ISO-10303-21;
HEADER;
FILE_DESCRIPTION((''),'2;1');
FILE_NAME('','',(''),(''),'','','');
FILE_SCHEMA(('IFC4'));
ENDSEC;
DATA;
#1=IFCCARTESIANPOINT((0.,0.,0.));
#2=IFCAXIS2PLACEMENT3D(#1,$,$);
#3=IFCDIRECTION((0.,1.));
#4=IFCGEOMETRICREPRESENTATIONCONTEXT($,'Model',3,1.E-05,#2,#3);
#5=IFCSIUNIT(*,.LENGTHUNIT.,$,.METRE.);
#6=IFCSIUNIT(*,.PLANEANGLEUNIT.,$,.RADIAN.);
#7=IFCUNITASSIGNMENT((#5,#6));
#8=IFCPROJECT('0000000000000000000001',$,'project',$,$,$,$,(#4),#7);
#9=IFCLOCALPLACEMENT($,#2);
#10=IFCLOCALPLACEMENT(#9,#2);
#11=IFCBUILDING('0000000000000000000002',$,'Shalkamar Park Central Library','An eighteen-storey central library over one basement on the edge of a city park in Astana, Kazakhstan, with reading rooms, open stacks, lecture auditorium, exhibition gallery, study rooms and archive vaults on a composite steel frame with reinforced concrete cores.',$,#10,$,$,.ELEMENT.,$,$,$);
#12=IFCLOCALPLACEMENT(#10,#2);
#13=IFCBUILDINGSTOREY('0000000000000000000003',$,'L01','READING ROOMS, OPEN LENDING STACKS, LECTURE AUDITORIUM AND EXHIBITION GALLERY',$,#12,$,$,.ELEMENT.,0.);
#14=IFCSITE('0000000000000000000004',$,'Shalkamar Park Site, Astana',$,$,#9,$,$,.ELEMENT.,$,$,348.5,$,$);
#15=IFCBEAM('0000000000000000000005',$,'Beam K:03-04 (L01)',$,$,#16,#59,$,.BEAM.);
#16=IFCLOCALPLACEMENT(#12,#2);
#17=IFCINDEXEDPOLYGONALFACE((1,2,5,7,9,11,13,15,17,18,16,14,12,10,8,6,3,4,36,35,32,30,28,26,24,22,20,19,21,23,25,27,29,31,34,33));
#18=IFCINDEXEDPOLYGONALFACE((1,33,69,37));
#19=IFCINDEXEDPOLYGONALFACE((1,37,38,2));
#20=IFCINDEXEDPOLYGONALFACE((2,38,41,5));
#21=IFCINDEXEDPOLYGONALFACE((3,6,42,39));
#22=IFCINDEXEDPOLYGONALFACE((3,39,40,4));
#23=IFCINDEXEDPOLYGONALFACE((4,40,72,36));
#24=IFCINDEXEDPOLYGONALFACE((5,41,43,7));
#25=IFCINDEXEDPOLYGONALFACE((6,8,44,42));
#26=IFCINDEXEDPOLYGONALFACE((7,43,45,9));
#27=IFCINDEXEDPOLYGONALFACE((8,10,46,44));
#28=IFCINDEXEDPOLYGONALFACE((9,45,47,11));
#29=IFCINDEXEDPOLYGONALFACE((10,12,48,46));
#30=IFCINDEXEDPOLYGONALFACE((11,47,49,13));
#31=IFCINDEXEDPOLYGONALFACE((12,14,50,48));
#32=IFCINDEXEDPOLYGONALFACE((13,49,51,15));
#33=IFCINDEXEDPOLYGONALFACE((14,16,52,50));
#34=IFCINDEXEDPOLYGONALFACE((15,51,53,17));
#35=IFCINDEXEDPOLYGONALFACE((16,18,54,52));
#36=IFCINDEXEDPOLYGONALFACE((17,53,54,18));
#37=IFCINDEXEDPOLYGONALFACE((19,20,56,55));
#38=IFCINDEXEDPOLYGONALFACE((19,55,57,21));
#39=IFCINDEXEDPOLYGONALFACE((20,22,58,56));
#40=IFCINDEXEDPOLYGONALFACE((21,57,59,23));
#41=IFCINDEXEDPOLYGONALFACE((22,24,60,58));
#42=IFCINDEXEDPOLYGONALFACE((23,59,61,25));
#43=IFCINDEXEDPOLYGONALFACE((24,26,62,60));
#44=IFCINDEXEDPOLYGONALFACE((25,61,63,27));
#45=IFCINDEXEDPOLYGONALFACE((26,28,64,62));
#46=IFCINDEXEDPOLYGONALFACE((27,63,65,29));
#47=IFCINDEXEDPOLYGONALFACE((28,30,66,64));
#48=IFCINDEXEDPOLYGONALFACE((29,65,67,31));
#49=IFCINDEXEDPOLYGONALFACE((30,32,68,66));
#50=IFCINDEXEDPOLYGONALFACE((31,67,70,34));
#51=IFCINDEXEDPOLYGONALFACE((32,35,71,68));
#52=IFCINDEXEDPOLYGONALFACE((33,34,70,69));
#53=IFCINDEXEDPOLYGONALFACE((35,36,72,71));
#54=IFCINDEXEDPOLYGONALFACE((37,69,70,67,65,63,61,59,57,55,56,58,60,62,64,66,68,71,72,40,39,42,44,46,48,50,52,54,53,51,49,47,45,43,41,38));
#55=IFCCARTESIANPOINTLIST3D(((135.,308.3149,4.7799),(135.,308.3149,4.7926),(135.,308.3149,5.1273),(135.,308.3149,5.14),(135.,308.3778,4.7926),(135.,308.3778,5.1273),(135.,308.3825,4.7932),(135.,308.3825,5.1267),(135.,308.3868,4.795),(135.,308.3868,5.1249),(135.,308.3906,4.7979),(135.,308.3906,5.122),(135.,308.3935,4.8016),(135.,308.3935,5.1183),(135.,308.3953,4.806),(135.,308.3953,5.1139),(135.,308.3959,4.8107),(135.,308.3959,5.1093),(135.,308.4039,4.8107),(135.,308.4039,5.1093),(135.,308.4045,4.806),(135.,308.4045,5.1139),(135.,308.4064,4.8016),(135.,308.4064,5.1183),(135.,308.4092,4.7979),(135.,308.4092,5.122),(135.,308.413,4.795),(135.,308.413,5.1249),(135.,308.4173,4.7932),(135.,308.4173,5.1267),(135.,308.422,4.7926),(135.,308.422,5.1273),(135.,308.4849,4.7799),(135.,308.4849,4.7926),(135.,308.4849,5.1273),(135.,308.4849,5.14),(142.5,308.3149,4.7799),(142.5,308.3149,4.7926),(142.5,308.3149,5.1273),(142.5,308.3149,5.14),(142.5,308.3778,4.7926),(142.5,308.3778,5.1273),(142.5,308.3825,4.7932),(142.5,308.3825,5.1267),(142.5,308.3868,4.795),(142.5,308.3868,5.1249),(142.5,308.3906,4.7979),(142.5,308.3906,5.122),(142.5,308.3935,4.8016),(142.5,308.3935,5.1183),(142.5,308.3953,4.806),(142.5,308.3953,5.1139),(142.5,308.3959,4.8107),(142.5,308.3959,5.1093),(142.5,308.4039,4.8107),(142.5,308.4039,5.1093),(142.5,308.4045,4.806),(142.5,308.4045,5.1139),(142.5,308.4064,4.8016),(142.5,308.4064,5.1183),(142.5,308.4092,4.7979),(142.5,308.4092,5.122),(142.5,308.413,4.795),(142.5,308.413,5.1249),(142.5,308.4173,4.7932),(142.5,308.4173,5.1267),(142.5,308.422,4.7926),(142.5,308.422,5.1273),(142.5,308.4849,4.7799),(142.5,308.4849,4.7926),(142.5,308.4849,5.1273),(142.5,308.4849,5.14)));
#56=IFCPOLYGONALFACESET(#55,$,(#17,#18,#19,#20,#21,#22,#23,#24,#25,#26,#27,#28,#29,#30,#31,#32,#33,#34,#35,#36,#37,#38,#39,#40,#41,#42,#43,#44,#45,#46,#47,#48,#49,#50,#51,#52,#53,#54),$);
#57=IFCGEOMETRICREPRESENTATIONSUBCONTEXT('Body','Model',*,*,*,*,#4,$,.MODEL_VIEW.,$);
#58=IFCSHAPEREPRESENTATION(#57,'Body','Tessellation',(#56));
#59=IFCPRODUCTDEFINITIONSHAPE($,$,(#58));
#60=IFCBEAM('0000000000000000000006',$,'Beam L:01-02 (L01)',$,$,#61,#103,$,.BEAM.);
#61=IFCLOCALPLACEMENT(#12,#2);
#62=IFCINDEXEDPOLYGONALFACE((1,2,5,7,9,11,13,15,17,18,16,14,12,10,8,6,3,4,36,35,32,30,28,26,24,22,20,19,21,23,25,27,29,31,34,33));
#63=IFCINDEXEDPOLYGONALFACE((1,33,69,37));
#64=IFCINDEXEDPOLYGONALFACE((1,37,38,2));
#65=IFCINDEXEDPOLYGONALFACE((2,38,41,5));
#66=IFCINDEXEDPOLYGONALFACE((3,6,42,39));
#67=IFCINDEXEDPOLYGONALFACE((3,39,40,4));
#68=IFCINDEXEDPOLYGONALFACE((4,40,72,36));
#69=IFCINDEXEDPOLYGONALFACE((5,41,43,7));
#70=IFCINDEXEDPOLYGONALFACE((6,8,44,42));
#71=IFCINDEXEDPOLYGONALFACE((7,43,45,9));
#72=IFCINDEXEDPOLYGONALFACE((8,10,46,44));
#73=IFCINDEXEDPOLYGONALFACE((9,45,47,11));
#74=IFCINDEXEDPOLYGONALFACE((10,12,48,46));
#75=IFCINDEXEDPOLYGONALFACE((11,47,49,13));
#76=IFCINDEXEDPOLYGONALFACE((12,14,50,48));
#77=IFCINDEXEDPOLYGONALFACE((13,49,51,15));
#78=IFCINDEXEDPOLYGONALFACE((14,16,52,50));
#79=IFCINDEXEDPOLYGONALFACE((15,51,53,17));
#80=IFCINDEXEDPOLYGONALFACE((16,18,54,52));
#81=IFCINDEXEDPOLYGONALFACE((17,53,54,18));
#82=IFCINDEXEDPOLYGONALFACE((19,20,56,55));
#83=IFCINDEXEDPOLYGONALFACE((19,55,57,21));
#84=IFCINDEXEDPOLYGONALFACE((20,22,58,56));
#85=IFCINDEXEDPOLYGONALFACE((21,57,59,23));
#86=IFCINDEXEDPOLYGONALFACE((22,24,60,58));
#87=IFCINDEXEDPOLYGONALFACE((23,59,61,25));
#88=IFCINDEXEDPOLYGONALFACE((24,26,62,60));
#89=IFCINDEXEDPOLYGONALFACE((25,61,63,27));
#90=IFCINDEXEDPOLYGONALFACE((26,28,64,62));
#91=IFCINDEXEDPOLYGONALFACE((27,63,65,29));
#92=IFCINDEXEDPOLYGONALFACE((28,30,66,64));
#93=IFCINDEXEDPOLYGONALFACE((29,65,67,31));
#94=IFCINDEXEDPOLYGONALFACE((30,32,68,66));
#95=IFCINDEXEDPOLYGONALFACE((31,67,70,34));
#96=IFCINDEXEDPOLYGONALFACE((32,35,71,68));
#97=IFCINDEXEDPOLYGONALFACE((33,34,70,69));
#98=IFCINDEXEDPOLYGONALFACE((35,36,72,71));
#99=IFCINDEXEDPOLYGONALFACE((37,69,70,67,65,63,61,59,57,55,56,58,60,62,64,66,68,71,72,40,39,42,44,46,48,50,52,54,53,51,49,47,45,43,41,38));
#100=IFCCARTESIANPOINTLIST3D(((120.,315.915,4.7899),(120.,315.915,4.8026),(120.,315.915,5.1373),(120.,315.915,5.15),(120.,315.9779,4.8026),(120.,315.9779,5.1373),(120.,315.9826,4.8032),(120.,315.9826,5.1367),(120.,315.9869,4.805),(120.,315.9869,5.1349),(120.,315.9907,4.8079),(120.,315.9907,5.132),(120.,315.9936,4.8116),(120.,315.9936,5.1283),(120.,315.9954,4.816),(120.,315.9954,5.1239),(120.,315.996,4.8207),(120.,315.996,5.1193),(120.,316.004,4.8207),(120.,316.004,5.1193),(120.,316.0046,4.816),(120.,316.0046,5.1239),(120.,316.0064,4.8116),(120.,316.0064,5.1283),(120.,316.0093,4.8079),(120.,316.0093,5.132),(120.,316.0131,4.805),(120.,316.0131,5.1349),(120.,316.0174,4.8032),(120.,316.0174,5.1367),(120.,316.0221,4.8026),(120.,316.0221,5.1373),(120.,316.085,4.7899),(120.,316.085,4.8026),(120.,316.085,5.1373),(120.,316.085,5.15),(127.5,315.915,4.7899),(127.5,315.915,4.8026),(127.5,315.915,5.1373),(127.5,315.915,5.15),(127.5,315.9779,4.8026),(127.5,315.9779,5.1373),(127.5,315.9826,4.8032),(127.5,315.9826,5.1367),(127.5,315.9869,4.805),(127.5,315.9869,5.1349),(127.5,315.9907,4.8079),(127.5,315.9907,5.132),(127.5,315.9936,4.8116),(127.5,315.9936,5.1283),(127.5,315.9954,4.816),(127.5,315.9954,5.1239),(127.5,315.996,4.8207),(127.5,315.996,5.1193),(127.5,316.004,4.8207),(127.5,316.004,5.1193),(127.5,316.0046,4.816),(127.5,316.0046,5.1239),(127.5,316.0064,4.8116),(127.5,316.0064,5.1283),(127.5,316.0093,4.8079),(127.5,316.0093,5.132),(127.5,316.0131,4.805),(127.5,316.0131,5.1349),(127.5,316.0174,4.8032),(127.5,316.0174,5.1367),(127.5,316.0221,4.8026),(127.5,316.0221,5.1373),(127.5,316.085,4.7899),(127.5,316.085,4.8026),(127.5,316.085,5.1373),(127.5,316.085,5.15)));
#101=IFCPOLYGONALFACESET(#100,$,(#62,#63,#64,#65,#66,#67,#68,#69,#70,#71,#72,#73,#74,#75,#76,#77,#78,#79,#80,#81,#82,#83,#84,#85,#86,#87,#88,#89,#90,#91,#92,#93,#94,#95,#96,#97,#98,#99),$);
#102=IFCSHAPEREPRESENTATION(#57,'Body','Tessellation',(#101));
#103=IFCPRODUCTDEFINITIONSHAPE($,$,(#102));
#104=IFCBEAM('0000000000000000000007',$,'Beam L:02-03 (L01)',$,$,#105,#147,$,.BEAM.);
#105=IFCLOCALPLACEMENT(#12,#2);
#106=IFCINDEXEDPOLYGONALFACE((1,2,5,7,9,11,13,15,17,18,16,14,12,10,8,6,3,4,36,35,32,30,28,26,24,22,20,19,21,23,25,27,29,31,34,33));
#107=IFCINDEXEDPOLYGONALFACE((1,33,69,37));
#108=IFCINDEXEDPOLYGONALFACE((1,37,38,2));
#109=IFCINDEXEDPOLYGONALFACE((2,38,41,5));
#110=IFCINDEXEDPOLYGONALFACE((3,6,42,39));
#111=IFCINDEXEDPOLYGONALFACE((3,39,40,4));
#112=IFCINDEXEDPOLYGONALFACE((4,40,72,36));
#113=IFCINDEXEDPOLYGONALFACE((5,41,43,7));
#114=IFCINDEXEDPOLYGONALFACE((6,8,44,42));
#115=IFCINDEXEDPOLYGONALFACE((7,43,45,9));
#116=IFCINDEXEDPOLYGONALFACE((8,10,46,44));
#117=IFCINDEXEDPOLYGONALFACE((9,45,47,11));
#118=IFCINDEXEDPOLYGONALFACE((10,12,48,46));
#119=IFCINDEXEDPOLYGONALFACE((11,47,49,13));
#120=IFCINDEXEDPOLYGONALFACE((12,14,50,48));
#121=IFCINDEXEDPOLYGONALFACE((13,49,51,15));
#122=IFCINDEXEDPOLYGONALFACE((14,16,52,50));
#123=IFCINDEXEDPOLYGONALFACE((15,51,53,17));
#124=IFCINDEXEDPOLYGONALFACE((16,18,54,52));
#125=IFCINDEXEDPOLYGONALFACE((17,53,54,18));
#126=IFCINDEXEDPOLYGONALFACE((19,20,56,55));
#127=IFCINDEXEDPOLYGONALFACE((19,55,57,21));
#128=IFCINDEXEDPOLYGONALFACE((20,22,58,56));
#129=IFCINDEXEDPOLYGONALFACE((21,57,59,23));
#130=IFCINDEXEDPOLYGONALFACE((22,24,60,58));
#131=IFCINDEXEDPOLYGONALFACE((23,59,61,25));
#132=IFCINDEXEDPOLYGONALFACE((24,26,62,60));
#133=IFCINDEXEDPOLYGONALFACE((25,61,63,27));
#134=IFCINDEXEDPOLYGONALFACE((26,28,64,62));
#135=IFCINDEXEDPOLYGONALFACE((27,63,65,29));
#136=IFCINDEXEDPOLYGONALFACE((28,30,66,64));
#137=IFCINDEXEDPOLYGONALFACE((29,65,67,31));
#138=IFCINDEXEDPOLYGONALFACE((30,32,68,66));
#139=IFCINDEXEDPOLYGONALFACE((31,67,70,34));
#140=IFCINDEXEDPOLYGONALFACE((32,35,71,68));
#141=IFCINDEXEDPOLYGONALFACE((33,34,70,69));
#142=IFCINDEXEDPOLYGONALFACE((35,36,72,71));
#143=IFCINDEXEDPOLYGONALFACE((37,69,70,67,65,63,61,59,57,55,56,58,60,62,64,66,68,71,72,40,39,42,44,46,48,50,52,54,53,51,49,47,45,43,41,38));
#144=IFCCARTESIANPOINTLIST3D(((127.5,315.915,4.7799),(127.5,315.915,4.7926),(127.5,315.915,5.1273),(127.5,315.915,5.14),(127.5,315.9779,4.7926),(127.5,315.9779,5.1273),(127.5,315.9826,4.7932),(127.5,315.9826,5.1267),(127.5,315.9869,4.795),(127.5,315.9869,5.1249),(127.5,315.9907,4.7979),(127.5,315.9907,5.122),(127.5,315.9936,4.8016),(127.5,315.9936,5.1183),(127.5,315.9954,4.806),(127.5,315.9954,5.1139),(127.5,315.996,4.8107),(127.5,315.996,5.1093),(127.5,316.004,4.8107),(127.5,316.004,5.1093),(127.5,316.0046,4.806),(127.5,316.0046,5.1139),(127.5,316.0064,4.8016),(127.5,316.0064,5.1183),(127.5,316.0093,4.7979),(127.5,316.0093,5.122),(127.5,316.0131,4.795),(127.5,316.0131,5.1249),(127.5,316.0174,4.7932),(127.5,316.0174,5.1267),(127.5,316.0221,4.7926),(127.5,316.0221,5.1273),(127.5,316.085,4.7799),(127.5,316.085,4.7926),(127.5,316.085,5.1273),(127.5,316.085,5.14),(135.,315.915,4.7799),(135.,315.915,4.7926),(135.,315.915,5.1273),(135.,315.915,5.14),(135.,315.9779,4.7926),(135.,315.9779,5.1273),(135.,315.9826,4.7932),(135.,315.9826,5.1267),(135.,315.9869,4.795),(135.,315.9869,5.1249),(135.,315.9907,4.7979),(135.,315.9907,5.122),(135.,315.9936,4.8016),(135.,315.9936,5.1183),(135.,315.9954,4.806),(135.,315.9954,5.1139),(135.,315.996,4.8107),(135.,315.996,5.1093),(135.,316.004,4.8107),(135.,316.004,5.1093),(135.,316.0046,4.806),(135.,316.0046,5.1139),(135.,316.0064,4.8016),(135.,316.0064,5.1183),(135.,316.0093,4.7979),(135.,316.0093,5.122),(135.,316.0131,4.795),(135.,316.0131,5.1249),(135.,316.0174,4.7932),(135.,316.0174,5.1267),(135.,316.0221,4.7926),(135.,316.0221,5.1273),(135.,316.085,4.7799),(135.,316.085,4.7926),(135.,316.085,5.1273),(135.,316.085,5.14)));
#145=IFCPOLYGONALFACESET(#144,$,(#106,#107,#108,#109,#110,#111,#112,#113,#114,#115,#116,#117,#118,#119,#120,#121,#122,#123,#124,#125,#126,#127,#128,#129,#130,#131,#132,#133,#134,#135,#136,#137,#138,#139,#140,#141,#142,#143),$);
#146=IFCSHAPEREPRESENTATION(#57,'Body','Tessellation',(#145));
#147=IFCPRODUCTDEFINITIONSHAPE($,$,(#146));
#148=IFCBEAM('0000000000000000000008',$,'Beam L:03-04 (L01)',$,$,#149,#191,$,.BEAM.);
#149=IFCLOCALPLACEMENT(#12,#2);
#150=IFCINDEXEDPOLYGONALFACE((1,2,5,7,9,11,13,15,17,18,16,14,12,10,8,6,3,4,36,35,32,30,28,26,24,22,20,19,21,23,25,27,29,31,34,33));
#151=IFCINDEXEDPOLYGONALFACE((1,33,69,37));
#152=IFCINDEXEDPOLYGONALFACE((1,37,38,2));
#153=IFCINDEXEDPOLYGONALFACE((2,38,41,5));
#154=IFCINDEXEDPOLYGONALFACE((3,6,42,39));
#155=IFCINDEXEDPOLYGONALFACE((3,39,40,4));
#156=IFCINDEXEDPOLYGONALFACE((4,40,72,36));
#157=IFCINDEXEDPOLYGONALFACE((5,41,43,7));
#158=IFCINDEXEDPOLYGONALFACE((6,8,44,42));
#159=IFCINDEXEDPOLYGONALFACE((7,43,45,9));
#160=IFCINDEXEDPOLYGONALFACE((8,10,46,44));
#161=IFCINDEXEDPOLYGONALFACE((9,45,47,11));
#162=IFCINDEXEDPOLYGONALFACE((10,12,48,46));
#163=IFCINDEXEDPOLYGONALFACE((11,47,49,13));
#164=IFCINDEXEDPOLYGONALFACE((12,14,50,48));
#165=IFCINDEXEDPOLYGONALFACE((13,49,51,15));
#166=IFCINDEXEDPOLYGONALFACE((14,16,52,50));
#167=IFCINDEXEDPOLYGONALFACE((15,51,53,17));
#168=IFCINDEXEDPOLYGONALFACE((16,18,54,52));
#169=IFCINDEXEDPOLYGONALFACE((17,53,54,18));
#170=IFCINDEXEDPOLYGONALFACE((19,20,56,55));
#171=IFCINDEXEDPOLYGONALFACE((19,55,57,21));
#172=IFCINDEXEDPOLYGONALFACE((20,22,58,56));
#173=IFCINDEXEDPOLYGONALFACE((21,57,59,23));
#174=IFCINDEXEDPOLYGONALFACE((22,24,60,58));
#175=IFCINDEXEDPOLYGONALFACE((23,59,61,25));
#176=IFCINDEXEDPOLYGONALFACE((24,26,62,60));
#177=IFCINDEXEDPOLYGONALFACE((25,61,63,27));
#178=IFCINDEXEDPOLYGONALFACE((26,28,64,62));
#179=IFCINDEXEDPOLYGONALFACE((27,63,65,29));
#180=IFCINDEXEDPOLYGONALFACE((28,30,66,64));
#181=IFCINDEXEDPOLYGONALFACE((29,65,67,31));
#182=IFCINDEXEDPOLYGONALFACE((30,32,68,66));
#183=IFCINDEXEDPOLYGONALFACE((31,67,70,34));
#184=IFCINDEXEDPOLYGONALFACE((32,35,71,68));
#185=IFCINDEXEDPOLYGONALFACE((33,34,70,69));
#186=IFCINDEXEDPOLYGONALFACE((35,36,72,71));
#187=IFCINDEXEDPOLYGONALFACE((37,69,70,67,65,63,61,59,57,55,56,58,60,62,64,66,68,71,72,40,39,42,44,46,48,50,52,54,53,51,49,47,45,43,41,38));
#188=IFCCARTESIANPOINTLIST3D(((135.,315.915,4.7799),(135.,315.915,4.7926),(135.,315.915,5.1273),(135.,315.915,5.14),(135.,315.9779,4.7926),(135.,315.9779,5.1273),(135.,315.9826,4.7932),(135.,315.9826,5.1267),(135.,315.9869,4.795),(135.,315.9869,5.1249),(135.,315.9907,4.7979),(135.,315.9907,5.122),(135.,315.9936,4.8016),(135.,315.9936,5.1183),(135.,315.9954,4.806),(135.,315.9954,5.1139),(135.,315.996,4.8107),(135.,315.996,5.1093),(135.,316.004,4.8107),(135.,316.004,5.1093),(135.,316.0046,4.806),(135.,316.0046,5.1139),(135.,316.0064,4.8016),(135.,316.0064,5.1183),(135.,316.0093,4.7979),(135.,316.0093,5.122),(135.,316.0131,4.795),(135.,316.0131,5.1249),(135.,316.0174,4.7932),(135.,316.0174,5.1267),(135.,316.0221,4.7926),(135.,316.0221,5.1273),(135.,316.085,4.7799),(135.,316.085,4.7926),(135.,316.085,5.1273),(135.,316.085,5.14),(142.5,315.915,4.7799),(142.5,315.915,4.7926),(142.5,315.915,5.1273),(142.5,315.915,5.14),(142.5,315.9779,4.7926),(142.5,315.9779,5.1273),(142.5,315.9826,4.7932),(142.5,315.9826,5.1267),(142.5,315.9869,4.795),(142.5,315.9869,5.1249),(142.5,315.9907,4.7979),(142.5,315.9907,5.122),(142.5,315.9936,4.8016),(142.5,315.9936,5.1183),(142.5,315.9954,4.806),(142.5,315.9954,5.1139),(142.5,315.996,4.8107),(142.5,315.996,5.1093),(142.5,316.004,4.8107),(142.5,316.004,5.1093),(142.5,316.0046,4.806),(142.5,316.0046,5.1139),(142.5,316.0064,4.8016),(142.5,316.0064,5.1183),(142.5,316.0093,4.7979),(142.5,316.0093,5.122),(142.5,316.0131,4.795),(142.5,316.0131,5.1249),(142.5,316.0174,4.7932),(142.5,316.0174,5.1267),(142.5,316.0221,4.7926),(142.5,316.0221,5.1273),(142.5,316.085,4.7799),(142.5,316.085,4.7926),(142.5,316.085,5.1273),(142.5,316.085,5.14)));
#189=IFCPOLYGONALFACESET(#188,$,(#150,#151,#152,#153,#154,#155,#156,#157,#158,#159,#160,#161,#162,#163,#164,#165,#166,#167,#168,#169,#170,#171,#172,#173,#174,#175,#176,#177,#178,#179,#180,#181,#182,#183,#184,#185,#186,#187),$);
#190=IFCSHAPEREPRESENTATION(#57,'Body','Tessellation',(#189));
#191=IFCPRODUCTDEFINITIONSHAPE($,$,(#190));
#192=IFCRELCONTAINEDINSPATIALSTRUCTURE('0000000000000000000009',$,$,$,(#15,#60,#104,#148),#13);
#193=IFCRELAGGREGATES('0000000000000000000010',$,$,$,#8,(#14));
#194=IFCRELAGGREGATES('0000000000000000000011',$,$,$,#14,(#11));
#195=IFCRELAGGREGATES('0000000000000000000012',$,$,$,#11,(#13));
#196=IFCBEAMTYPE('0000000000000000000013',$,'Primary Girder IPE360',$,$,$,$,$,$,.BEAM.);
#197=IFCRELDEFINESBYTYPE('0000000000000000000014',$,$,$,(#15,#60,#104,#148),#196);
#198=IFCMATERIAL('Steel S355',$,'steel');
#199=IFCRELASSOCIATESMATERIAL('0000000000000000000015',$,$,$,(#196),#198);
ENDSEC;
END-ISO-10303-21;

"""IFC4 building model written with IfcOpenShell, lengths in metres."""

from ifc_helpers import new_model, si_unit, direction, frame, origin, origin_2d, place, context, subcontext, project, spatial, i_section, extrude, material, material_profile, profile_set, type_object, element, save


model = new_model("IFC4")

# Units and contexts
model_context = context("Model", 3, precision=1e-05, world=origin(), true_north=direction((0.0, 1.0)))
body_context = subcontext(model_context, "Body", "Model", "MODEL_VIEW")
ifc_project = project(units=[si_unit("LENGTHUNIT", "METRE"), si_unit("PLANEANGLEUNIT", "RADIAN")], contexts=[model_context])

# Site, building, storey
site_placement = place(None, origin())
site = spatial("IfcSite", under=ifc_project, at=site_placement, Name="Shalkamar Park Site, Astana", CompositionType="ELEMENT", RefElevation=348.5)
building_placement = place(site_placement, origin())
building = spatial("IfcBuilding", under=site, at=building_placement, Name="Shalkamar Park Central Library", Description="An eighteen-storey central library over one basement on the edge of a city park in Astana, Kazakhstan, with reading rooms, open stacks, lecture auditorium, exhibition gallery, study rooms and archive vaults on a composite steel frame with reinforced concrete cores.", CompositionType="ELEMENT")
storey_placement = place(building_placement, origin())
storey = spatial("IfcBuildingStorey", under=building, at=storey_placement, Name="L01", Description="READING ROOMS, OPEN LENDING STACKS, LECTURE AUDITORIUM AND EXHIBITION GALLERY", CompositionType="ELEMENT", Elevation=0.0)

# Shared definitions
ifc_material_1 = material(Name="Steel S355", Category="steel")

# Beams
ifc_material_profile_1 = material_profile(ifc_material_1, i_section(OverallWidth=0.1699, OverallDepth=0.3601, WebThickness=0.0081, FlangeThickness=0.0127, FilletRadius=0.0181, at=origin_2d()), Name="IPE 360")
ifc_profile_set_1 = profile_set([ifc_material_profile_1], Name="Steel S355")
beam_type_1 = type_object("IfcBeamType", Name="Primary Girder IPE360", PredefinedType="BEAM", material=ifc_profile_set_1)
for number, where, z_axis, x_axis, name in (
    (1, (135.0, 308.3999, 4.96), (1.0, 0.0, 0.0), (0.0, 1.0, 0.0), "Beam K:03-04 (L01)"),
    (2, (120.0, 316.0, 4.97), (1.0, 0.0, 0.0), (0.0, 1.0, 0.0), "Beam L:01-02 (L01)"),
    (3, (127.5, 316.0, 4.96), (1.0, 0.0, 0.0), (0.0, 1.0, 0.0), "Beam L:02-03 (L01)"),
    (4, (135.0, 316.0, 4.96), (1.0, 0.0, 0.0), (0.0, 1.0, 0.0), "Beam L:03-04 (L01)"),
):
    element("IfcBeam", number, at=place(storey_placement, frame(where, z_axis=z_axis, x_axis=x_axis)), inside=storey, type_object=beam_type_1, Name=name, PredefinedType="BEAM", context=body_context, shape_type="SweptSolid", body=[
        extrude(i_section(OverallWidth=0.1699, OverallDepth=0.3601, WebThickness=0.0081, FlangeThickness=0.0127, FilletRadius=0.0181, at=origin_2d()), origin(), (0.0, 0.0, 1.0), 7.5),
    ])

save(model, "model.ifc")
